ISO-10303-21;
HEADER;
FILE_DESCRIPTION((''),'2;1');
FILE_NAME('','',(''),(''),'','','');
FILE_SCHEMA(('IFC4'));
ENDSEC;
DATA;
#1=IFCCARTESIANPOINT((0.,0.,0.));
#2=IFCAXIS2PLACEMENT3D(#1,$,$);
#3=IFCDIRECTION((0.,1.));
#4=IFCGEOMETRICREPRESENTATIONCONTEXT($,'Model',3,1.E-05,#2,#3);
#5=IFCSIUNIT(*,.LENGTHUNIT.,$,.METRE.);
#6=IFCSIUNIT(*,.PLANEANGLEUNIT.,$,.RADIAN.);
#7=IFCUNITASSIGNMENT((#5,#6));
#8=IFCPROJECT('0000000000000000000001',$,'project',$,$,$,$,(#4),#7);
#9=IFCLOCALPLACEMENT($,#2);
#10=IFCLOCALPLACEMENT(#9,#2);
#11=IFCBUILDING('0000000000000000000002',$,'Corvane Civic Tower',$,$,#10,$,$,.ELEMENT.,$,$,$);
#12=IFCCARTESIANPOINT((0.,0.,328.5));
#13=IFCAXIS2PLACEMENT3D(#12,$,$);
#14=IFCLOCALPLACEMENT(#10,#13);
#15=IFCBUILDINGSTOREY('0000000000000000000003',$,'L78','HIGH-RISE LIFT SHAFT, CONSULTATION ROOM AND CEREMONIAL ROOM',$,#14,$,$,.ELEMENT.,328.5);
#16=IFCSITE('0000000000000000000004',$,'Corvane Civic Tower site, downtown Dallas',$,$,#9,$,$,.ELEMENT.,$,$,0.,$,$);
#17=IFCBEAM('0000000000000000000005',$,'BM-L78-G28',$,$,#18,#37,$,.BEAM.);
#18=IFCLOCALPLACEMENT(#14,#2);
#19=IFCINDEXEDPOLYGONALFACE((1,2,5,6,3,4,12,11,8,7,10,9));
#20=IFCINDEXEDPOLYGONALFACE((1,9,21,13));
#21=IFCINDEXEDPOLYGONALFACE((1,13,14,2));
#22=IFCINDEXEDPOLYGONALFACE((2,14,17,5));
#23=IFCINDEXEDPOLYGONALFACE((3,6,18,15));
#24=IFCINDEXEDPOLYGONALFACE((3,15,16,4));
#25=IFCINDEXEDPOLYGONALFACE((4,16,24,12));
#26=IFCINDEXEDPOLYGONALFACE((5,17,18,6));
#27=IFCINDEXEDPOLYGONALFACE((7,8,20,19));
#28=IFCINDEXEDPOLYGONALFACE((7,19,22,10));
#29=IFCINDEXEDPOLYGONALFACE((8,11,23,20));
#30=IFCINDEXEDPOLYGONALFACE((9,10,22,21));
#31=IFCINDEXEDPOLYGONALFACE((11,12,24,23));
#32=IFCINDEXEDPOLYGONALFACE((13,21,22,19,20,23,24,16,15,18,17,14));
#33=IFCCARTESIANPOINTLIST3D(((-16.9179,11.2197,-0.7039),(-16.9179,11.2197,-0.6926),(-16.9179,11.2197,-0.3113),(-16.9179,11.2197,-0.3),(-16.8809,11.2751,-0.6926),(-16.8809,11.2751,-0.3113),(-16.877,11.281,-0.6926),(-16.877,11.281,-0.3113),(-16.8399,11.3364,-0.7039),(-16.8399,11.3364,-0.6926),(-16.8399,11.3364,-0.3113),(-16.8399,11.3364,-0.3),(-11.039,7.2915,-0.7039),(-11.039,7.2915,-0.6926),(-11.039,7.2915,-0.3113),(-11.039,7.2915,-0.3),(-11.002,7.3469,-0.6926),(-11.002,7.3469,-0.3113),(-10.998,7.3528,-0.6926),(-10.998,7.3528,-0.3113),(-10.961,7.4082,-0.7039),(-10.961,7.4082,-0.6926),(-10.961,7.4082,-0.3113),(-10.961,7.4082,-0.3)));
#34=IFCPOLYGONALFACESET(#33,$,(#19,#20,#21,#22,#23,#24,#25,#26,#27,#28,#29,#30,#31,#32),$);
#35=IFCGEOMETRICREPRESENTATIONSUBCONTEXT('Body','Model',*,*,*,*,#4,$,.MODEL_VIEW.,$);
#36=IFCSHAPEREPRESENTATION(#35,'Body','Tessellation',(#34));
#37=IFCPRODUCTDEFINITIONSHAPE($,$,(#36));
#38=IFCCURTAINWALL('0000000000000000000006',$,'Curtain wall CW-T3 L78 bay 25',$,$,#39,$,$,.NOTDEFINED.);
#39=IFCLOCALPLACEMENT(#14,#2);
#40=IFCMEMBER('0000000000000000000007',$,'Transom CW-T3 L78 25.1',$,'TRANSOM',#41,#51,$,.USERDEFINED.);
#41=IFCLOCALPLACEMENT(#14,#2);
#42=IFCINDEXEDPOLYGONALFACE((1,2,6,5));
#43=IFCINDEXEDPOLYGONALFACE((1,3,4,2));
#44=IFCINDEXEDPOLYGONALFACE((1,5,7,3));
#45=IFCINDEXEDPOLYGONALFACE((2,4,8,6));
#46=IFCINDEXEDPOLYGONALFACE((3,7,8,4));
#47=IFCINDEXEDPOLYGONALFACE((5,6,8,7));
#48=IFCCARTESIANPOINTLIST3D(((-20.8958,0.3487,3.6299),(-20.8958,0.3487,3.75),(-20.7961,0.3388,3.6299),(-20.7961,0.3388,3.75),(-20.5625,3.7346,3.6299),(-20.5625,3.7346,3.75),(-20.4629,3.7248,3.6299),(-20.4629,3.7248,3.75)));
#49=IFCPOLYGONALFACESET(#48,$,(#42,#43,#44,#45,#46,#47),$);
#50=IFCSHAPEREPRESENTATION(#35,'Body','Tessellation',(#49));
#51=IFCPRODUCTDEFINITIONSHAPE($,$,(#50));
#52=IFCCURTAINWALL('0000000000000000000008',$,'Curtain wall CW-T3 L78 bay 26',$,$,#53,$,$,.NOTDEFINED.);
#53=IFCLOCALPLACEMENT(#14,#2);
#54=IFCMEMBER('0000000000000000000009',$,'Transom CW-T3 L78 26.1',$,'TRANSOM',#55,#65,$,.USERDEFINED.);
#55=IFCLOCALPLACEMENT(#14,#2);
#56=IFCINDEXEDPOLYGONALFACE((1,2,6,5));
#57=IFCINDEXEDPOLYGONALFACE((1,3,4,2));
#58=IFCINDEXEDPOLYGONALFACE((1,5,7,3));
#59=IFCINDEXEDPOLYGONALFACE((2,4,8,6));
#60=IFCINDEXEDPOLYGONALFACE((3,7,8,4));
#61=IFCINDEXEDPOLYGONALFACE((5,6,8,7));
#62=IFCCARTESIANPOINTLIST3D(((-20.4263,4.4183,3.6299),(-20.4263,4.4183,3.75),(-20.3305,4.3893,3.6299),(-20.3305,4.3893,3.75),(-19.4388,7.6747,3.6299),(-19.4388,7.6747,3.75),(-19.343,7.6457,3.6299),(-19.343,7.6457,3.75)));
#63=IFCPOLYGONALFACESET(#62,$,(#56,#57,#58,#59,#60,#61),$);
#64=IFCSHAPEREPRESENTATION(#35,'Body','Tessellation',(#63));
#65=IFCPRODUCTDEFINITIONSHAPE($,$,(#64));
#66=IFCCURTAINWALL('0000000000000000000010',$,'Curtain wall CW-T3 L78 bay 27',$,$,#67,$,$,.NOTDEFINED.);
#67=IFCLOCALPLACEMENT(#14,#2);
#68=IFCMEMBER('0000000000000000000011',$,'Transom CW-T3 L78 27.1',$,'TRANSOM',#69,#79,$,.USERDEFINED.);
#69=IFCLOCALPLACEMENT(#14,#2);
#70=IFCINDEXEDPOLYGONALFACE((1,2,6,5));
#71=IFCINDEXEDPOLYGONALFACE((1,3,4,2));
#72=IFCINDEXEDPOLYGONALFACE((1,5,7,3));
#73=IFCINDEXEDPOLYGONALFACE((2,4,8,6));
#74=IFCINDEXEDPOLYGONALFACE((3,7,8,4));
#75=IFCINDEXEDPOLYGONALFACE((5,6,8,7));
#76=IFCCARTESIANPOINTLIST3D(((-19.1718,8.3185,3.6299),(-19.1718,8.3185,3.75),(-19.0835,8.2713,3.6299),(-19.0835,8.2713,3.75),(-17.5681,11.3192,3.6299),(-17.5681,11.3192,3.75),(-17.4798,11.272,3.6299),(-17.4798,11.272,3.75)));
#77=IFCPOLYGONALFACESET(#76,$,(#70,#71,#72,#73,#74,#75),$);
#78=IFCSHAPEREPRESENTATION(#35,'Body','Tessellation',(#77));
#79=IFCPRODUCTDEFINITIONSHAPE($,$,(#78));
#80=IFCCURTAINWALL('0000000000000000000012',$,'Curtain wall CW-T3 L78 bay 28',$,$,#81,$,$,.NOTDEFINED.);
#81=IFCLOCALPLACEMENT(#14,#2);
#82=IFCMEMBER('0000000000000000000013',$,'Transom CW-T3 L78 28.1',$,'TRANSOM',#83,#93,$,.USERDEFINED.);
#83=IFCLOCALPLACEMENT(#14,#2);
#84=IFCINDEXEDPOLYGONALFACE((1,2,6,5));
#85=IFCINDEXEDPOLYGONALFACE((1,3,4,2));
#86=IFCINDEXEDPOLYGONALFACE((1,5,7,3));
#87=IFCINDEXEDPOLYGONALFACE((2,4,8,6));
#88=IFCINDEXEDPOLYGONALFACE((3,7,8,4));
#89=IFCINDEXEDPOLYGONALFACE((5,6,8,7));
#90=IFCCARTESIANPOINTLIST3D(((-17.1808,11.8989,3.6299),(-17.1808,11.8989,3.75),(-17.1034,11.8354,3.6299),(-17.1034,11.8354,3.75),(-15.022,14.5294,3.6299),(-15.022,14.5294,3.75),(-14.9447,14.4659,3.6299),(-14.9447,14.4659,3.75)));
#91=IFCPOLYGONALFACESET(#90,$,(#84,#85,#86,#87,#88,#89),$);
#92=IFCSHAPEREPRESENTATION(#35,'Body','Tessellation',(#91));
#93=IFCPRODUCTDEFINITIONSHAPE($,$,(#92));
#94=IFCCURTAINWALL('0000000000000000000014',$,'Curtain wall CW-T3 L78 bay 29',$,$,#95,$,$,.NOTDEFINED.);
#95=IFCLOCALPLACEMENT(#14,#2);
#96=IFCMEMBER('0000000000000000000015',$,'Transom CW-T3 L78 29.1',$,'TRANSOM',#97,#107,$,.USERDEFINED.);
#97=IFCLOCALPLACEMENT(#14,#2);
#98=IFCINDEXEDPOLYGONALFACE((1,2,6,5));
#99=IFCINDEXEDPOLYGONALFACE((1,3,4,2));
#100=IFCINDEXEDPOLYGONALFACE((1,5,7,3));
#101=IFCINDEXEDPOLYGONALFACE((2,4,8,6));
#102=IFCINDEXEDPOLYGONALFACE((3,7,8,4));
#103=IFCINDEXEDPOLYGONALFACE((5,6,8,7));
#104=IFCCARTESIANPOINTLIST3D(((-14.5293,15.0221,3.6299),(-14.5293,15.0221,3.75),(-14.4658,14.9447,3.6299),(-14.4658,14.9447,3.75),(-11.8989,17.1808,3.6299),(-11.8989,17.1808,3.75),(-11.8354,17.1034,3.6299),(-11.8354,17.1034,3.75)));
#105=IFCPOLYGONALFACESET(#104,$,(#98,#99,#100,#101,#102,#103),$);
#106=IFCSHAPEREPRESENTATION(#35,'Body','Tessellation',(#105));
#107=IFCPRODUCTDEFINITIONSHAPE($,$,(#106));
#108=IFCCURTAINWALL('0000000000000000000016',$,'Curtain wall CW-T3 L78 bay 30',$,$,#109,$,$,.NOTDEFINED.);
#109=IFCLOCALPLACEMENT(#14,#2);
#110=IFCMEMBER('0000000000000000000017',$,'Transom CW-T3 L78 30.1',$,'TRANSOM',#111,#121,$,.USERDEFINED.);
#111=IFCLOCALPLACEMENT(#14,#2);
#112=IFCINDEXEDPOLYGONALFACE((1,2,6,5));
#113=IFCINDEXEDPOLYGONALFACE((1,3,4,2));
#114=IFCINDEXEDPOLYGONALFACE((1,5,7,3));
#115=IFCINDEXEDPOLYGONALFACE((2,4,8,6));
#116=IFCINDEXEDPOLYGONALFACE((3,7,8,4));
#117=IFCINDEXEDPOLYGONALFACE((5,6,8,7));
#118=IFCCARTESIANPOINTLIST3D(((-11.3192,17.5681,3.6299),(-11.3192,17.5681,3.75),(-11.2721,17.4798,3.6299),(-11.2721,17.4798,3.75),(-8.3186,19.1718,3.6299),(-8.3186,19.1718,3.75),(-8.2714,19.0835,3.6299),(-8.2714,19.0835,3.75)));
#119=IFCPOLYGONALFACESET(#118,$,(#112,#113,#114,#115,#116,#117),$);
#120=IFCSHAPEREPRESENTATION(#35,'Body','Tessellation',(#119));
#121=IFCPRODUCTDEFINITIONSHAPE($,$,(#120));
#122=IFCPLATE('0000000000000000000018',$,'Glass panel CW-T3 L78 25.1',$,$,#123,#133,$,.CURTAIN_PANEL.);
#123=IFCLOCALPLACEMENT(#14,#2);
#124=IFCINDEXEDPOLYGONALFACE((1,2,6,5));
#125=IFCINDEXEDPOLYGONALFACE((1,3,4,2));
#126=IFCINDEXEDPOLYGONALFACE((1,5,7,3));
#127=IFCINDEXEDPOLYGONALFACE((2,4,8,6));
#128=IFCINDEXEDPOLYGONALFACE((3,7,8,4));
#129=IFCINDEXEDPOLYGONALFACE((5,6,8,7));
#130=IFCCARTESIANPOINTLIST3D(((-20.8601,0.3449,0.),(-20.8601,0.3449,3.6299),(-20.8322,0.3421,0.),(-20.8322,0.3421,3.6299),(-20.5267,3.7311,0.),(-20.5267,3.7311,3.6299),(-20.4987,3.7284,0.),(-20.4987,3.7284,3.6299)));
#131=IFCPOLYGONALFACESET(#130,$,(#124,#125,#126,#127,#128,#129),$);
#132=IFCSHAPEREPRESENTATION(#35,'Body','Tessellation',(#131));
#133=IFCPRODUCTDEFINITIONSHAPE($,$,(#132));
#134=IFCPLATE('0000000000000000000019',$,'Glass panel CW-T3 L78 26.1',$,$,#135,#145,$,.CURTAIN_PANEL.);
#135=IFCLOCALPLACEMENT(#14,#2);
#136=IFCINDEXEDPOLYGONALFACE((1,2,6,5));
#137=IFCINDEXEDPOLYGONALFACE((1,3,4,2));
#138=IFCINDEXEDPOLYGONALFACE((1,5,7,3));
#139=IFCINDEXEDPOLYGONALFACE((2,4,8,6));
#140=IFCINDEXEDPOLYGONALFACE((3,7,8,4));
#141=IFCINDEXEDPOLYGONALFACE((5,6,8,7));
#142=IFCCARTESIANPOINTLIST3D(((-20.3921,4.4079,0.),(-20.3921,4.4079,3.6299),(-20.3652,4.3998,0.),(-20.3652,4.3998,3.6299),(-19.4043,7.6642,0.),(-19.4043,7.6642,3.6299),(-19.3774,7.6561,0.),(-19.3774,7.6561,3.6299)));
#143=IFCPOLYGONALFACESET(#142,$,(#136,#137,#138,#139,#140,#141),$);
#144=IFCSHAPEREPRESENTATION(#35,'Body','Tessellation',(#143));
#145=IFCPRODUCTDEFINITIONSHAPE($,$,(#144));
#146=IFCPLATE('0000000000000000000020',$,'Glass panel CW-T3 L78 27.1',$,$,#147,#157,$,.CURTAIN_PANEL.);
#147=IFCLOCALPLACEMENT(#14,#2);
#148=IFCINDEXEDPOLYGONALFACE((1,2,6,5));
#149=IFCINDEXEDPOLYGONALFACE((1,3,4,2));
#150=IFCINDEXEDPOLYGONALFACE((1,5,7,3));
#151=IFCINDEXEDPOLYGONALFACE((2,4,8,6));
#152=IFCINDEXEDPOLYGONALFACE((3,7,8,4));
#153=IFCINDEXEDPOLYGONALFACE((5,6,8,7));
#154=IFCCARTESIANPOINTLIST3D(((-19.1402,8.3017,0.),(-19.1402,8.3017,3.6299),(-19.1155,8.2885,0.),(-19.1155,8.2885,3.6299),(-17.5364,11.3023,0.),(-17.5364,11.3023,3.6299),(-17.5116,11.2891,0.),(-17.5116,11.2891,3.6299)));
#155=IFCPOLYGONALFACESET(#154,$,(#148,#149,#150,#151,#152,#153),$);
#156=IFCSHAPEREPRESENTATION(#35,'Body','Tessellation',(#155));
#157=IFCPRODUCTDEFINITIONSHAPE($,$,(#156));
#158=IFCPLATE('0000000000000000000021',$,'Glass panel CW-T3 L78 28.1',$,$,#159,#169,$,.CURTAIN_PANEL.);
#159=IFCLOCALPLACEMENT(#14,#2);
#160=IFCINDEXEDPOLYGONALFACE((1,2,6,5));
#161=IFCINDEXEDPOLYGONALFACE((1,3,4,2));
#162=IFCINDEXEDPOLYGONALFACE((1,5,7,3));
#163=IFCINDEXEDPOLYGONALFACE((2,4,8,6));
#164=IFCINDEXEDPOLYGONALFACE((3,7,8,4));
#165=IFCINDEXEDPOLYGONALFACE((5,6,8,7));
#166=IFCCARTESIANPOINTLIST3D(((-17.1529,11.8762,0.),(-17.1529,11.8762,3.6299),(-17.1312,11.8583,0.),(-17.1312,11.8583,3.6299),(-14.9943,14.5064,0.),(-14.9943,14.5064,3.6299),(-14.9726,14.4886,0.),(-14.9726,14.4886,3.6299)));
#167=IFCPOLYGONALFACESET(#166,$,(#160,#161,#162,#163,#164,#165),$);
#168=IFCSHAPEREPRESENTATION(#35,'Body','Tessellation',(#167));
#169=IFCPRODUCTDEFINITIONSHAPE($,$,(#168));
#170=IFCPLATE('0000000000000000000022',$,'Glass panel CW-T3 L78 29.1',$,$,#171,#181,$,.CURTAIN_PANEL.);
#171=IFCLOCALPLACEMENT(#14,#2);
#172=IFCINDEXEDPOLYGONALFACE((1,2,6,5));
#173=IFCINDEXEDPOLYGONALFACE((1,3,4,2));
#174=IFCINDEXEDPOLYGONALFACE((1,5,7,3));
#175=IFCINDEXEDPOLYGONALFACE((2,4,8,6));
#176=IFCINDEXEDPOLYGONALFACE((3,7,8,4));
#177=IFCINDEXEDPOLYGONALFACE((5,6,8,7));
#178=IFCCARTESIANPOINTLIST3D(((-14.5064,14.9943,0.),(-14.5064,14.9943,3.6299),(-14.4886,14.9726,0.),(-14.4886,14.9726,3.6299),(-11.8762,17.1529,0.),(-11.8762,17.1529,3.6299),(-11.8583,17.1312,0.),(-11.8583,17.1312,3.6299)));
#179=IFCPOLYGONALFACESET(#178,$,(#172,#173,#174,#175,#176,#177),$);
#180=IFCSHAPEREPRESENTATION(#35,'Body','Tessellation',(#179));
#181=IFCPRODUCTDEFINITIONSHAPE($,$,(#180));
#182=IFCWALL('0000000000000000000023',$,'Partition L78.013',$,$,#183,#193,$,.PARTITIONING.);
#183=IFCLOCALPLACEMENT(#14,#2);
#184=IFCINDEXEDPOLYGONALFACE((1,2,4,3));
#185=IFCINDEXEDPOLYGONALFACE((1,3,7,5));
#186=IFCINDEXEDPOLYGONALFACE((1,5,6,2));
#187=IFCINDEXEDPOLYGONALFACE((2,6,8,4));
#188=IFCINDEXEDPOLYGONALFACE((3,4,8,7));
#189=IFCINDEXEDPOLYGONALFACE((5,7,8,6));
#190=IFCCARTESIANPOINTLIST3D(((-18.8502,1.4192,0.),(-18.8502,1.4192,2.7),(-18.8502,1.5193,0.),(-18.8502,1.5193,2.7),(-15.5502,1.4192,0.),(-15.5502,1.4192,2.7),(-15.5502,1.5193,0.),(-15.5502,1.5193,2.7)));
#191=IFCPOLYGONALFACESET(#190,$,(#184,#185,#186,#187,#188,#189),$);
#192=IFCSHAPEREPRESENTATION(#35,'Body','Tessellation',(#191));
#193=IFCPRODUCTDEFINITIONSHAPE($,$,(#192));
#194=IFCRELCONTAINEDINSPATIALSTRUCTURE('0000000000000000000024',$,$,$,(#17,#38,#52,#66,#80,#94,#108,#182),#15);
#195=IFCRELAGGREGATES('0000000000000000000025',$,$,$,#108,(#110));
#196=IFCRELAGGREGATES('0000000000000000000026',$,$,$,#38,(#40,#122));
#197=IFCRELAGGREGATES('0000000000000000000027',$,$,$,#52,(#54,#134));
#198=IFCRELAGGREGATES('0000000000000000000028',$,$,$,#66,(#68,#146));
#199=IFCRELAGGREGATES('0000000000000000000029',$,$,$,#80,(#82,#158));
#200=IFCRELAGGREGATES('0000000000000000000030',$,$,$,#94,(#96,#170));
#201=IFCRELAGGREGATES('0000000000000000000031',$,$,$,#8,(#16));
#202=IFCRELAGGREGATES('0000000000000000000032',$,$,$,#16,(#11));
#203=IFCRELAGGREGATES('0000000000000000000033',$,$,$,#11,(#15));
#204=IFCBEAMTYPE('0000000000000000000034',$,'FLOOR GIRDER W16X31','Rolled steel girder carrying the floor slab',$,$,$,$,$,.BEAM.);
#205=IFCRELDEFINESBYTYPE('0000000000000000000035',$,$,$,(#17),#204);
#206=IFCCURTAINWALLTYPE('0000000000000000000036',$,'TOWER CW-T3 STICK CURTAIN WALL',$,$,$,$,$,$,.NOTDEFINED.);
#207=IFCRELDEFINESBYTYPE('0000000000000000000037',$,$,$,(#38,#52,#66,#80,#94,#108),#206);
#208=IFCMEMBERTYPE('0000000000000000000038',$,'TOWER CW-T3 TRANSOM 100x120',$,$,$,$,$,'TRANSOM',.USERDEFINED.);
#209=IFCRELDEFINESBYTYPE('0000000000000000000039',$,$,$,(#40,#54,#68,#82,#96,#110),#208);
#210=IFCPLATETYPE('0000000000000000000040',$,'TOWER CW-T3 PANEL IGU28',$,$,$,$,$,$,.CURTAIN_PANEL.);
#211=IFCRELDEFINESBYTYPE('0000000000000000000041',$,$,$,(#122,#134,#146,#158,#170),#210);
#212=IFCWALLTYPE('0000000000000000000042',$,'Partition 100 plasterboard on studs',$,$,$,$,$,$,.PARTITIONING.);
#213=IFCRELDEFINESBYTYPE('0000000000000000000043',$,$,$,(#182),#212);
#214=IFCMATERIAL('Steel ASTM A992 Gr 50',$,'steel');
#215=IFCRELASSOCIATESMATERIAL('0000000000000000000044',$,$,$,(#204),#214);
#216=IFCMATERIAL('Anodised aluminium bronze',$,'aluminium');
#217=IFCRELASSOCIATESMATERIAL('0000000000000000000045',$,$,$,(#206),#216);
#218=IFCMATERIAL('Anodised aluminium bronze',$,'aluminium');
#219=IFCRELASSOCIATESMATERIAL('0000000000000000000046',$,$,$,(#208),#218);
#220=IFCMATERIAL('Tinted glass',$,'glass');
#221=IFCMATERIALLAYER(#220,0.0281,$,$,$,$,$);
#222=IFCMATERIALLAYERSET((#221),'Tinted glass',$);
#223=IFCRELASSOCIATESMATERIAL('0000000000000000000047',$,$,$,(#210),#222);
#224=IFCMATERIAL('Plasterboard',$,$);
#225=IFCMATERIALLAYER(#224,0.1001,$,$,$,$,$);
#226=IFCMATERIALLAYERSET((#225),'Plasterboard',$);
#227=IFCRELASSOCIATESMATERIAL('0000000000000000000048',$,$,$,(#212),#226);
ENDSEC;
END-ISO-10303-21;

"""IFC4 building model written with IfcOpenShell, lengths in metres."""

from ifc_helpers import new_model, si_unit, direction, frame, frame_2d, origin, origin_2d, place, context, subcontext, project, spatial, rectangle, i_section, extrude, material, layer, layer_set, material_profile, profile_set, type_object, element, aggregate, save


model = new_model("IFC4")

# Units and contexts
model_context = context("Model", 3, precision=1e-05, world=origin(), true_north=direction((0.0, 1.0)))
body_context = subcontext(model_context, "Body", "Model", "MODEL_VIEW")
ifc_project = project(units=[si_unit("LENGTHUNIT", "METRE"), si_unit("PLANEANGLEUNIT", "RADIAN")], contexts=[model_context])

# Site, building, storey
site_placement = place(None, origin())
site = spatial("IfcSite", under=ifc_project, at=site_placement, Name="Corvane Civic Tower site, downtown Dallas", CompositionType="ELEMENT", RefElevation=0.0)
building_placement = place(site_placement, origin())
building = spatial("IfcBuilding", under=site, at=building_placement, Name="Corvane Civic Tower", CompositionType="ELEMENT")
storey_placement = place(building_placement, frame((0.0, 0.0, 328.5)))
storey = spatial("IfcBuildingStorey", under=building, at=storey_placement, Name="L78", Description="HIGH-RISE LIFT SHAFT, CONSULTATION ROOM AND CEREMONIAL ROOM", CompositionType="ELEMENT", Elevation=328.5)

# Beam
ifc_material_1 = material(Name="Steel ASTM A992 Gr 50", Category="steel")
ifc_material_profile_1 = material_profile(ifc_material_1, i_section(OverallWidth=0.1404, OverallDepth=0.4038, WebThickness=0.0071, FlangeThickness=0.0112, at=origin_2d()), Name="W16X31")
ifc_profile_set_1 = profile_set([ifc_material_profile_1], Name="Steel ASTM A992 Gr 50")
beam_type_1 = type_object("IfcBeamType", Name="FLOOR GIRDER W16X31", Description="Rolled steel girder carrying the floor slab", PredefinedType="BEAM", material=ifc_profile_set_1)
beam_1_placement = place(storey_placement, frame((-11.0, 7.3499, -0.502), z_axis=(-0.831465, 0.555576, 0.0), x_axis=(-0.555576, -0.831465, 0.0)))
element("IfcBeam", 1, at=beam_1_placement, inside=storey, type_object=beam_type_1, Name="BM-L78-G28", PredefinedType="BEAM", context=body_context, shape_type="SweptSolid", body=[
    extrude(i_section(OverallWidth=0.1404, OverallDepth=0.4038, WebThickness=0.0071, FlangeThickness=0.0112, at=origin_2d()), origin(), (0.0, 0.0, 1.0), 7.0706),
])

# Curtain walls, members
ifc_material_2 = material(Name="Anodised aluminium bronze", Category="aluminium")
curtain_wall_type = type_object("IfcCurtainWallType", Name="TOWER CW-T3 STICK CURTAIN WALL", PredefinedType="NOTDEFINED", material=ifc_material_2)
curtain_wall_1_placement = place(storey_placement, origin())
curtain_wall_1 = element("IfcCurtainWall", 2, at=curtain_wall_1_placement, inside=storey, type_object=curtain_wall_type, Name="Curtain wall CW-T3 L78 bay 25", PredefinedType="NOTDEFINED")
ifc_material_3 = material(Name="Anodised aluminium bronze", Category="aluminium")
ifc_material_profile_2 = material_profile(ifc_material_3, rectangle(XDim=0.1001, YDim=0.1201, at=origin_2d()), Name="TOWER CW-T3 TRANSOM 100x120")
ifc_profile_set_2 = profile_set([ifc_material_profile_2], Name="Anodised aluminium bronze")
member_type = type_object("IfcMemberType", Name="TOWER CW-T3 TRANSOM 100x120", ElementType="TRANSOM", PredefinedType="USERDEFINED", material=ifc_profile_set_2)
member_1_placement = place(storey_placement, frame((-20.8459, 0.3438, 3.6899), z_axis=(0.097948, 0.995192, 0.0), x_axis=(-0.995192, 0.097948, 0.0)))
member_1 = element("IfcMember", 3, at=member_1_placement, type_object=member_type, Name="Transom CW-T3 L78 25.1", ObjectType="TRANSOM", PredefinedType="USERDEFINED", context=body_context, shape_type="SweptSolid", body=[
    extrude(rectangle(XDim=0.1001, YDim=0.1201, at=origin_2d()), origin(), (0.0, 0.0, 1.0), 3.4023),
])
curtain_wall_2_placement = place(storey_placement, origin())
curtain_wall_2 = element("IfcCurtainWall", 4, at=curtain_wall_2_placement, inside=storey, type_object=curtain_wall_type, Name="Curtain wall CW-T3 L78 bay 26", PredefinedType="NOTDEFINED")
member_2_placement = place(storey_placement, frame((-20.3784, 4.4038, 3.6899), z_axis=(0.290216, 0.956961, 0.0), x_axis=(-0.956961, 0.290216, 0.0)))
member_2 = element("IfcMember", 5, at=member_2_placement, type_object=member_type, Name="Transom CW-T3 L78 26.1", ObjectType="TRANSOM", PredefinedType="USERDEFINED", context=body_context, shape_type="SweptSolid", body=[
    extrude(rectangle(XDim=0.1001, YDim=0.1201, at=origin_2d()), origin(), (0.0, 0.0, 1.0), 3.4028),
])
curtain_wall_3_placement = place(storey_placement, origin())
curtain_wall_3 = element("IfcCurtainWall", 6, at=curtain_wall_3_placement, inside=storey, type_object=curtain_wall_type, Name="Curtain wall CW-T3 L78 bay 27", PredefinedType="NOTDEFINED")
member_3_placement = place(storey_placement, frame((-19.1277, 8.2949, 3.6899), z_axis=(0.471359, 0.881941, 0.0), x_axis=(-0.881941, 0.471359, 0.0)))
member_3 = element("IfcMember", 7, at=member_3_placement, type_object=member_type, Name="Transom CW-T3 L78 27.1", ObjectType="TRANSOM", PredefinedType="USERDEFINED", context=body_context, shape_type="SweptSolid", body=[
    extrude(rectangle(XDim=0.1001, YDim=0.1201, at=origin_2d()), origin(), (0.0, 0.0, 1.0), 3.4023),
])
curtain_wall_4_placement = place(storey_placement, origin())
curtain_wall_4 = element("IfcCurtainWall", 8, at=curtain_wall_4_placement, inside=storey, type_object=curtain_wall_type, Name="Curtain wall CW-T3 L78 bay 28", PredefinedType="NOTDEFINED")
member_4_placement = place(storey_placement, frame((-17.1421, 11.8672, 3.6899), z_axis=(0.634394, 0.77301, 0.0), x_axis=(-0.77301, 0.634394, 0.0)))
member_4 = element("IfcMember", 9, at=member_4_placement, type_object=member_type, Name="Transom CW-T3 L78 28.1", ObjectType="TRANSOM", PredefinedType="USERDEFINED", context=body_context, shape_type="SweptSolid", body=[
    extrude(rectangle(XDim=0.1001, YDim=0.1201, at=origin_2d()), origin(), (0.0, 0.0, 1.0), 3.4028),
])
curtain_wall_5_placement = place(storey_placement, origin())
curtain_wall_5 = element("IfcCurtainWall", 10, at=curtain_wall_5_placement, inside=storey, type_object=curtain_wall_type, Name="Curtain wall CW-T3 L78 bay 29", PredefinedType="NOTDEFINED")
member_5_placement = place(storey_placement, frame((-14.4976, 14.9834, 3.6899), z_axis=(0.77301, 0.634394, 0.0), x_axis=(-0.634394, 0.77301, 0.0)))
member_5 = element("IfcMember", 11, at=member_5_placement, type_object=member_type, Name="Transom CW-T3 L78 29.1", ObjectType="TRANSOM", PredefinedType="USERDEFINED", context=body_context, shape_type="SweptSolid", body=[
    extrude(rectangle(XDim=0.1001, YDim=0.1201, at=origin_2d()), origin(), (0.0, 0.0, 1.0), 3.4028),
])
curtain_wall_6_placement = place(storey_placement, origin())
curtain_wall_6 = element("IfcCurtainWall", 12, at=curtain_wall_6_placement, inside=storey, type_object=curtain_wall_type, Name="Curtain wall CW-T3 L78 bay 30", PredefinedType="NOTDEFINED")
member_6_placement = place(storey_placement, frame((-11.2957, 17.5239, 3.6899), z_axis=(0.881941, 0.471359, 0.0), x_axis=(-0.471359, 0.881941, 0.0)))
member_6 = element("IfcMember", 13, at=member_6_placement, type_object=member_type, Name="Transom CW-T3 L78 30.1", ObjectType="TRANSOM", PredefinedType="USERDEFINED", context=body_context, shape_type="SweptSolid", body=[
    extrude(rectangle(XDim=0.1001, YDim=0.1201, at=origin_2d()), origin(), (0.0, 0.0, 1.0), 3.4023),
])
aggregate(curtain_wall_6, [member_6])

# Plates
ifc_material_4 = material(Name="Tinted glass", Category="glass")
ifc_layer_1 = layer(ifc_material_4, 0.0281)
ifc_layer_set_1 = layer_set([ifc_layer_1], Name="Tinted glass")
plate_type = type_object("IfcPlateType", Name="TOWER CW-T3 PANEL IGU28", PredefinedType="CURTAIN_PANEL", material=ifc_layer_set_1)
plate_1_placement = place(storey_placement, frame((-20.6794, 2.0366, 0.0), z_axis=(0.0, 0.0, 1.0), x_axis=(0.097998, 0.995187, 0.0)))
plate_1 = element("IfcPlate", 14, at=plate_1_placement, type_object=plate_type, Name="Glass panel CW-T3 L78 25.1", PredefinedType="CURTAIN_PANEL", context=body_context, shape_type="SweptSolid", body=[
    extrude(rectangle(XDim=3.4026, YDim=0.0281, at=origin_2d()), origin(), (0.0, 0.0, 1.0), 3.6299),
])
aggregate(curtain_wall_1, [member_1, plate_1])
plate_2_placement = place(storey_placement, frame((-19.8848, 6.032, 0.0), z_axis=(0.0, 0.0, 1.0), x_axis=(0.29029, 0.956939, 0.0)))
plate_2 = element("IfcPlate", 15, at=plate_2_placement, type_object=plate_type, Name="Glass panel CW-T3 L78 26.1", PredefinedType="CURTAIN_PANEL", context=body_context, shape_type="SweptSolid", body=[
    extrude(rectangle(XDim=3.4028, YDim=0.0281, at=origin_2d()), origin(), (0.0, 0.0, 1.0), 3.6299),
])
aggregate(curtain_wall_2, [member_2, plate_2])
plate_3_placement = place(storey_placement, frame((-18.3259, 9.7954, 0.0), z_axis=(0.0, 0.0, 1.0), x_axis=(0.471384, 0.881928, 0.0)))
plate_3 = element("IfcPlate", 16, at=plate_3_placement, type_object=plate_type, Name="Glass panel CW-T3 L78 27.1", PredefinedType="CURTAIN_PANEL", context=body_context, shape_type="SweptSolid", body=[
    extrude(rectangle(XDim=3.4023, YDim=0.0281, at=origin_2d()), origin(), (0.0, 0.0, 1.0), 3.6299),
])
aggregate(curtain_wall_3, [member_3, plate_3])
plate_4_placement = place(storey_placement, frame((-16.0627, 13.1824, 0.0), z_axis=(0.0, 0.0, 1.0), x_axis=(0.634393, 0.77301, 0.0)))
plate_4 = element("IfcPlate", 17, at=plate_4_placement, type_object=plate_type, Name="Glass panel CW-T3 L78 28.1", PredefinedType="CURTAIN_PANEL", context=body_context, shape_type="SweptSolid", body=[
    extrude(rectangle(XDim=3.4026, YDim=0.0281, at=origin_2d()), origin(), (0.0, 0.0, 1.0), 3.6299),
])
aggregate(curtain_wall_4, [member_4, plate_4])
plate_5_placement = place(storey_placement, frame((-13.1824, 16.0627, 0.0), z_axis=(0.0, 0.0, 1.0), x_axis=(0.77301, 0.634393, 0.0)))
plate_5 = element("IfcPlate", 18, at=plate_5_placement, type_object=plate_type, Name="Glass panel CW-T3 L78 29.1", PredefinedType="CURTAIN_PANEL", context=body_context, shape_type="SweptSolid", body=[
    extrude(rectangle(XDim=3.4026, YDim=0.0281, at=origin_2d()), origin(), (0.0, 0.0, 1.0), 3.6299),
])
aggregate(curtain_wall_5, [member_5, plate_5])

# Wall
ifc_material_5 = material(Name="Plasterboard")
ifc_layer_2 = layer(ifc_material_5, 0.1001)
ifc_layer_set_2 = layer_set([ifc_layer_2], Name="Plasterboard")
wall_type_1 = type_object("IfcWallType", Name="Partition 100 plasterboard on studs", PredefinedType="PARTITIONING", material=ifc_layer_set_2)
wall_1_placement = place(storey_placement, frame((-18.8501, 1.4692, 0.0), z_axis=(0.0, 0.0, 1.0), x_axis=(1.0, 0.0, 0.0)))
element("IfcWall", 19, at=wall_1_placement, inside=storey, type_object=wall_type_1, Name="Partition L78.013", PredefinedType="PARTITIONING", context=body_context, shape_type="SweptSolid", body=[
    extrude(rectangle(XDim=3.3, YDim=0.1001, at=frame_2d((1.6499, 0.0))), origin(), (0.0, 0.0, 1.0), 2.7),
])

save(model, "model.ifc")
